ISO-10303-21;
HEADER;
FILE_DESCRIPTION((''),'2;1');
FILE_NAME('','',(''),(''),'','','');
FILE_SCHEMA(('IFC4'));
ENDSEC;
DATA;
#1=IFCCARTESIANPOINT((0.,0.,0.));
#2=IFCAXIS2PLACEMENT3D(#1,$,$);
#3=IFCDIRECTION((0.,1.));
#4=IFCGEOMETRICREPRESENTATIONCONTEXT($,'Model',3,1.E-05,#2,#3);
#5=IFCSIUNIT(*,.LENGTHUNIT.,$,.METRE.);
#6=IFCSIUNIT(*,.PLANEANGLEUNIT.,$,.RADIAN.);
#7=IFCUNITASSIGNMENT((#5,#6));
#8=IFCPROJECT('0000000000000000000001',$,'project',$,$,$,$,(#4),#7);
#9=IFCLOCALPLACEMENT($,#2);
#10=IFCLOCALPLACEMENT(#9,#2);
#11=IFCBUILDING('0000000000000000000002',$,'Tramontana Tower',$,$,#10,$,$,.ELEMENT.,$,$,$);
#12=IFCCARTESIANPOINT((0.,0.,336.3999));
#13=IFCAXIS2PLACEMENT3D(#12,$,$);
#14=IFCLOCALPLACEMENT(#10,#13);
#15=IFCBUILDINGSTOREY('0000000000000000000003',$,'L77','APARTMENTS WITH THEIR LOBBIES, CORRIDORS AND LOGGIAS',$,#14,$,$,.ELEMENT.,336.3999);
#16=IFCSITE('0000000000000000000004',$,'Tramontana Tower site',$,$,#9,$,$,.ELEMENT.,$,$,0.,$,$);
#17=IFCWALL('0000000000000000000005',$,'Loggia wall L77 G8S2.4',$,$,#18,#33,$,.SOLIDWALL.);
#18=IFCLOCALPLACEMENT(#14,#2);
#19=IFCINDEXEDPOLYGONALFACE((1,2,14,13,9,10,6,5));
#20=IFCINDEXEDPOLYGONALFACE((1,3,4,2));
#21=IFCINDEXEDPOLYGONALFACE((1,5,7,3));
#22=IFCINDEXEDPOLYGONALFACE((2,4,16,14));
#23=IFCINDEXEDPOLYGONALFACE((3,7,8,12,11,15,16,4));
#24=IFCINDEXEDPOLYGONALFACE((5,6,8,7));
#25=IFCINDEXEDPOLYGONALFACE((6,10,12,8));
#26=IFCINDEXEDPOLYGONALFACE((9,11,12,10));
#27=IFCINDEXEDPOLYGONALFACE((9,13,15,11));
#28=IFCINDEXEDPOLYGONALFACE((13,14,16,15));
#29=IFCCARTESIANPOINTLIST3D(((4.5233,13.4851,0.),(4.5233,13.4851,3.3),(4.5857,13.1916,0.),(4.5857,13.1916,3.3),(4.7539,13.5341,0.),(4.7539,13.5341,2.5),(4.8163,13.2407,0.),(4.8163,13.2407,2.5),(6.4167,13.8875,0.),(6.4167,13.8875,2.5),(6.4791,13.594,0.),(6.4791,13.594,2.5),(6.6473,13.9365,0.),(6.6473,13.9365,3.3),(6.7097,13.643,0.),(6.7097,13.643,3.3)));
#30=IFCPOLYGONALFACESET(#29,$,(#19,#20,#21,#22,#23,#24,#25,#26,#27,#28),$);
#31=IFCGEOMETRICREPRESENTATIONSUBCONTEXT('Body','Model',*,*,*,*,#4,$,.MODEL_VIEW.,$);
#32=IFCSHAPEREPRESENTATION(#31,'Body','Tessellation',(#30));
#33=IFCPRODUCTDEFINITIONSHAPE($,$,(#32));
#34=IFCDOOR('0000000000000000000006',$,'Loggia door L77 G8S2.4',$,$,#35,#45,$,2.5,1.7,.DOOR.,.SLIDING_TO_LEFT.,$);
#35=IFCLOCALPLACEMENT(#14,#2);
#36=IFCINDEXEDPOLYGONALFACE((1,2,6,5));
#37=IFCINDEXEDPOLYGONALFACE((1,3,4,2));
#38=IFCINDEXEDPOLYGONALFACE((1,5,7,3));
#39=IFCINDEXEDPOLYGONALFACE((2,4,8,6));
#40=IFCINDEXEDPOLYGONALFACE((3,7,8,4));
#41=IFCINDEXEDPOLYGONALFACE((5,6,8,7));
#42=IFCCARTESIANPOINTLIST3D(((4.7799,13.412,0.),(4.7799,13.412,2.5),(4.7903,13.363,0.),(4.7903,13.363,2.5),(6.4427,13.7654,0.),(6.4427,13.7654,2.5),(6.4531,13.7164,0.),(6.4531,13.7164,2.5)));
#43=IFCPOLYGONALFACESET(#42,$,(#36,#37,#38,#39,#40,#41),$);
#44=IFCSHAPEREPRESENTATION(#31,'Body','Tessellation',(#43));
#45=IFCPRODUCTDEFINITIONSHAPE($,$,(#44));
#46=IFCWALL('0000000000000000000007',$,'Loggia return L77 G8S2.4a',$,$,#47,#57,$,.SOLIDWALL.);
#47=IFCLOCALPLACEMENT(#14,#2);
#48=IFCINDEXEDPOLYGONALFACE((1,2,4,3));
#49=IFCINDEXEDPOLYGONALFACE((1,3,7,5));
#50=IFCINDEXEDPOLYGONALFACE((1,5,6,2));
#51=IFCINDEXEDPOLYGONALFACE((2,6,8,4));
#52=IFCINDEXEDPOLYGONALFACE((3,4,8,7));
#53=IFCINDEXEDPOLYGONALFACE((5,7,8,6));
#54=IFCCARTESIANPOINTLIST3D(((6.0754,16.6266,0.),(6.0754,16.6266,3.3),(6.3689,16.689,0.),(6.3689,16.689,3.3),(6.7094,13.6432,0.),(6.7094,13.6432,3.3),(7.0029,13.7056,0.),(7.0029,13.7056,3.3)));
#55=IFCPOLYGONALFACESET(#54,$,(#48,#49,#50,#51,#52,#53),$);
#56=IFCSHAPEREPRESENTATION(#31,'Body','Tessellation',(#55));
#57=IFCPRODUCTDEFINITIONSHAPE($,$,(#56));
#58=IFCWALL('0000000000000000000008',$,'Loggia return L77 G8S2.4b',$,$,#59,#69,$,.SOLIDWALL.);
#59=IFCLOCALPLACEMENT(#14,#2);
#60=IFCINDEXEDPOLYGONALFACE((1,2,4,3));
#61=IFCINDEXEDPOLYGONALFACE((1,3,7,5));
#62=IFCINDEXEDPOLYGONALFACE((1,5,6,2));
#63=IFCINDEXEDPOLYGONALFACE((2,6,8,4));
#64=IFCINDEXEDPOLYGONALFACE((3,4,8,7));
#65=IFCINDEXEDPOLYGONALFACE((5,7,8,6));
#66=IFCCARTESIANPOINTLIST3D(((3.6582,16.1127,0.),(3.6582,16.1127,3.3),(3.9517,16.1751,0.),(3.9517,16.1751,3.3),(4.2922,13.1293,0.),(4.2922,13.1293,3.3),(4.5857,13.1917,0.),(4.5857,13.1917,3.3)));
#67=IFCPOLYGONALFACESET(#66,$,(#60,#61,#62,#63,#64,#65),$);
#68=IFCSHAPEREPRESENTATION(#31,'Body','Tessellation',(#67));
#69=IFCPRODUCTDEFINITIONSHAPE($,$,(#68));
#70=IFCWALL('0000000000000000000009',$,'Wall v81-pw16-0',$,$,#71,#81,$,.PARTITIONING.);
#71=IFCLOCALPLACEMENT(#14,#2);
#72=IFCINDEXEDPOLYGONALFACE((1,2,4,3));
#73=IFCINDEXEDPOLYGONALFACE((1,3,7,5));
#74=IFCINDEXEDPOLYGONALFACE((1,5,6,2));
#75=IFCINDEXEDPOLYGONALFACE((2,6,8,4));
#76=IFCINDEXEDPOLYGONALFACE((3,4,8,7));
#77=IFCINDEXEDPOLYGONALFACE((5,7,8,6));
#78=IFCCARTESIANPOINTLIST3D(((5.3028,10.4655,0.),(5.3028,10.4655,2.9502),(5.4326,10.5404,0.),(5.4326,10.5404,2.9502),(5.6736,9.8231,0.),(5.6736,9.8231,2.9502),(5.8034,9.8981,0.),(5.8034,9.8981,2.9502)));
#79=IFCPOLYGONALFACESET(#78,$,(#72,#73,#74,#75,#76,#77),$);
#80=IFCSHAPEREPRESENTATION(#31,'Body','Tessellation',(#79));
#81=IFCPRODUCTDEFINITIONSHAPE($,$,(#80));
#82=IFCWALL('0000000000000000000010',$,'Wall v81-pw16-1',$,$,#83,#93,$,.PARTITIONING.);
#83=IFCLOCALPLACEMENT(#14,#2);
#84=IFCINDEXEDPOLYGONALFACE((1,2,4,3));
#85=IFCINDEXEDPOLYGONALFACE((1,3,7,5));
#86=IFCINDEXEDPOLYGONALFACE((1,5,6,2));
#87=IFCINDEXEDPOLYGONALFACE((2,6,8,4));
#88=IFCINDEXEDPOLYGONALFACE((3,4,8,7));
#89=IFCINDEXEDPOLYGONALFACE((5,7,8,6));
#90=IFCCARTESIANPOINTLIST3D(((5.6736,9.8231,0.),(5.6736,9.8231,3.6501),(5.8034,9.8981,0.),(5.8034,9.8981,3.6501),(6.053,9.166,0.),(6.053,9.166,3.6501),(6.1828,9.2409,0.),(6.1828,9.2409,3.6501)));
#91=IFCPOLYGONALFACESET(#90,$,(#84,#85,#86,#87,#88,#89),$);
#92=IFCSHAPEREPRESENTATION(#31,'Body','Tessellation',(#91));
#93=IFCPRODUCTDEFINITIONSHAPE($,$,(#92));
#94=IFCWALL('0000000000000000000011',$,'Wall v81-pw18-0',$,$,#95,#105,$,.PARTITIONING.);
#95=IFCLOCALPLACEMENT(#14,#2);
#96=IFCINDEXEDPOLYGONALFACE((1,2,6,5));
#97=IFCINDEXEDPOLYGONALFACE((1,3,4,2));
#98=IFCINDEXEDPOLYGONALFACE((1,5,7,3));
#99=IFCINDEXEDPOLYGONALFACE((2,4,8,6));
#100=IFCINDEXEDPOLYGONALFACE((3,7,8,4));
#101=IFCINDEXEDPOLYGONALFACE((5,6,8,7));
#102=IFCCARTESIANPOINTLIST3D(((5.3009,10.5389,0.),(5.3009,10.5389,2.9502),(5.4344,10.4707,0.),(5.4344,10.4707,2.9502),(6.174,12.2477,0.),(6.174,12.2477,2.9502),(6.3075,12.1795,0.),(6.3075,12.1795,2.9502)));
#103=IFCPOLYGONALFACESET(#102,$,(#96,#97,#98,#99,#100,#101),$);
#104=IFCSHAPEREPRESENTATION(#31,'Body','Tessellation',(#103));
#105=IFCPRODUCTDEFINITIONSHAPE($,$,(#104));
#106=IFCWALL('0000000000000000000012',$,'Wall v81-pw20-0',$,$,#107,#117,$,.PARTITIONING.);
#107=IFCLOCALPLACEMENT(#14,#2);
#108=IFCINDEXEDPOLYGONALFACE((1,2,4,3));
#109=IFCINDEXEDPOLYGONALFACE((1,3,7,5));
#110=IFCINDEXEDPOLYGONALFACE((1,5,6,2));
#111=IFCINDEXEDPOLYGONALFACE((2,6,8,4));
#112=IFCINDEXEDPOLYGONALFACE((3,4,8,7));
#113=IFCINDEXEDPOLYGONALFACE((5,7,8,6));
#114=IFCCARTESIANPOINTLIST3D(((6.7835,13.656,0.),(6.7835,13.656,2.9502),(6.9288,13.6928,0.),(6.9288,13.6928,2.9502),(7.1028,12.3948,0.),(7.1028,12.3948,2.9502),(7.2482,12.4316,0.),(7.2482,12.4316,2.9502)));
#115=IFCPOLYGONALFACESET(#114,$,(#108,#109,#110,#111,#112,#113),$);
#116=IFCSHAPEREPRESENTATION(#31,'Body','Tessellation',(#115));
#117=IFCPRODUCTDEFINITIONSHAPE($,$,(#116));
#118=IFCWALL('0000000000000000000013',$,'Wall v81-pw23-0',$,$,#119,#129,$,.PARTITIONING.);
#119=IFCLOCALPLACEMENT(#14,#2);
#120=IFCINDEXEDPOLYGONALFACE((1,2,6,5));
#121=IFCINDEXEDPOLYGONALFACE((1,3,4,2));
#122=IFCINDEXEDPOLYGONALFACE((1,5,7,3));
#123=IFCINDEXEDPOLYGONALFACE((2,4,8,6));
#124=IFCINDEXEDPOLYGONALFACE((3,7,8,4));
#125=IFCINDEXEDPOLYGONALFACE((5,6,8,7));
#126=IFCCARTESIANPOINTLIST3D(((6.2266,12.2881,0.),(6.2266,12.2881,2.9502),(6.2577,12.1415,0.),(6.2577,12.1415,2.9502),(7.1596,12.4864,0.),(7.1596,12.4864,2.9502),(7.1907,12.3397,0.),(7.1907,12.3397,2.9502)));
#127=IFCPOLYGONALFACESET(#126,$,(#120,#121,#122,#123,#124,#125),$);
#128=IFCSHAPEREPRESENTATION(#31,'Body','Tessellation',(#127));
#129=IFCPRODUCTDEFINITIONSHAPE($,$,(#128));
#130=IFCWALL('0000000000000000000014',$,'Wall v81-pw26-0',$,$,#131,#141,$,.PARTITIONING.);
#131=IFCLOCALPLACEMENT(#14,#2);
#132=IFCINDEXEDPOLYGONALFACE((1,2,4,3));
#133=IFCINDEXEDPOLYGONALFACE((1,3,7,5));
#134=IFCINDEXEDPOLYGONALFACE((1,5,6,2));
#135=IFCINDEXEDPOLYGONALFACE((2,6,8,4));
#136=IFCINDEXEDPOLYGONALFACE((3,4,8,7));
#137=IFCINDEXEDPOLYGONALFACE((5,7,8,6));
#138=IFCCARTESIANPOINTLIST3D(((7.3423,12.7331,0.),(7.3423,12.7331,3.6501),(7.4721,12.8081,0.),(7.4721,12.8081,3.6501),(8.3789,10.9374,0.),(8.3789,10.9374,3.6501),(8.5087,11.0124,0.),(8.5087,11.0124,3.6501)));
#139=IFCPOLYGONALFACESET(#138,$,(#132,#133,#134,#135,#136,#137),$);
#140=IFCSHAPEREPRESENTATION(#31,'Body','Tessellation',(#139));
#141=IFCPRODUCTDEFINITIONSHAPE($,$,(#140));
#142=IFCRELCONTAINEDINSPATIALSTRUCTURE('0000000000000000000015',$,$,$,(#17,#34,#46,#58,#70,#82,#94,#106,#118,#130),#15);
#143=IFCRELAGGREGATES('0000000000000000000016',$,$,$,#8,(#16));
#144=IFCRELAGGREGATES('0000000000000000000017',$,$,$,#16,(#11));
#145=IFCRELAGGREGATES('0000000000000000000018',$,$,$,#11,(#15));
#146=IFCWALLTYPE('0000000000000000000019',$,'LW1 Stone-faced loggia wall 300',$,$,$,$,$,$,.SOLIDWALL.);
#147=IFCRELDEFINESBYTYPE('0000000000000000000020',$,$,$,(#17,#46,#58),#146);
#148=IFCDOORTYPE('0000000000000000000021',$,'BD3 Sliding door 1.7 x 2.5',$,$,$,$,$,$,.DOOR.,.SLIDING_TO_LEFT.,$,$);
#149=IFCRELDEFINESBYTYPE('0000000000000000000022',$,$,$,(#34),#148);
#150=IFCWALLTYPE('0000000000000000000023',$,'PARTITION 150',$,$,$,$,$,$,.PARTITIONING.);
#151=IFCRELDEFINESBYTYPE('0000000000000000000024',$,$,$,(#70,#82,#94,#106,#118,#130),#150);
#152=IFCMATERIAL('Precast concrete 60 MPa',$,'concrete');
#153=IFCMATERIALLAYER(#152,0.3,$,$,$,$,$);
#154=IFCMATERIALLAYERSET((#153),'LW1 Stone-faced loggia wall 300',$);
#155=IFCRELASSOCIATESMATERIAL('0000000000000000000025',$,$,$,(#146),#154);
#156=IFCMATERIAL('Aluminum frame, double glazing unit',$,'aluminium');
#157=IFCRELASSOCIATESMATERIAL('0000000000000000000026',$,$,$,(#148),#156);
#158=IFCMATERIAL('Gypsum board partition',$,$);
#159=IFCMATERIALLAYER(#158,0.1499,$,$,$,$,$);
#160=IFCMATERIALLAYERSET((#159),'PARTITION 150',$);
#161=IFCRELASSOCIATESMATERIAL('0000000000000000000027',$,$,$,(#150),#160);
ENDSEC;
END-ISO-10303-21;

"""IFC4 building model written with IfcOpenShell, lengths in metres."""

from ifc_helpers import new_model, si_unit, direction, frame, frame_2d, origin, place, context, subcontext, project, spatial, rectangle, extrude, material, layer, layer_set, type_object, element, fill, save


model = new_model("IFC4")

# Units and contexts
model_context = context("Model", 3, precision=1e-05, world=origin(), true_north=direction((0.0, 1.0)))
body_context = subcontext(model_context, "Body", "Model", "MODEL_VIEW")
ifc_project = project(units=[si_unit("LENGTHUNIT", "METRE"), si_unit("PLANEANGLEUNIT", "RADIAN")], contexts=[model_context])

# Site, building, storey
site_placement = place(None, origin())
site = spatial("IfcSite", under=ifc_project, at=site_placement, Name="Tramontana Tower site", CompositionType="ELEMENT", RefElevation=0.0)
building_placement = place(site_placement, origin())
building = spatial("IfcBuilding", under=site, at=building_placement, Name="Tramontana Tower", CompositionType="ELEMENT")
storey_placement = place(building_placement, frame((0.0, 0.0, 336.3999)))
storey = spatial("IfcBuildingStorey", under=building, at=storey_placement, Name="L77", Description="APARTMENTS WITH THEIR LOBBIES, CORRIDORS AND LOGGIAS", CompositionType="ELEMENT", Elevation=336.3999)

# Wall, opening, door
ifc_material_1 = material(Name="Precast concrete 60 MPa", Category="concrete")
ifc_layer_1 = layer(ifc_material_1, 0.3)
ifc_layer_set_1 = layer_set([ifc_layer_1], Name="LW1 Stone-faced loggia wall 300")
wall_type_1 = type_object("IfcWallType", Name="LW1 Stone-faced loggia wall 300", PredefinedType="SOLIDWALL", material=ifc_layer_set_1)
wall_1_placement = place(storey_placement, frame((6.6785, 13.7898, 0.0), z_axis=(0.0, 0.0, 1.0), x_axis=(-0.978153, -0.207886, 0.0)))
wall_1 = element("IfcWall", 1, at=wall_1_placement, inside=storey, type_object=wall_type_1, Name="Loggia wall L77 G8S2.4", PredefinedType="SOLIDWALL", context=body_context, shape_type="SweptSolid", body=[
    extrude(rectangle(XDim=2.1714, YDim=0.3, at=frame_2d((1.0857, 0.0))), origin(), (0.0, 0.0, 1.0), 3.3),
])
opening_1_placement = place(wall_1_placement, frame((0.2356, 0.0, 0.0)))
opening_1 = element("IfcOpeningElement", 2, at=opening_1_placement, cuts=wall_1, PredefinedType="OPENING", context=body_context, shape_type="SweptSolid", body=[
    extrude(rectangle(XDim=1.7, YDim=2.5, at=frame_2d((0.8501, 1.25))), frame((0.0, 0.1599, 0.0), z_axis=(0.0, -1.0, 0.0), x_axis=(1.0, 0.0, 0.0)), (0.0, 0.0, 1.0), 0.3201),
])
ifc_material_2 = material(Name="Aluminum frame, double glazing unit", Category="aluminium")
door_type_1 = type_object("IfcDoorType", Name="BD3 Sliding door 1.7 x 2.5", OperationType="SLIDING_TO_LEFT", PredefinedType="DOOR", material=ifc_material_2)
door_1_placement = place(opening_1_placement, origin())
door_1 = element("IfcDoor", 3, at=door_1_placement, inside=storey, type_object=door_type_1, Name="Loggia door L77 G8S2.4", OperationType="SLIDING_TO_LEFT", OverallHeight=2.5, OverallWidth=1.7, PredefinedType="DOOR", context=body_context, shape_type="SweptSolid", body=[
    extrude(rectangle(XDim=1.7, YDim=2.5, at=frame_2d((0.8501, 1.25))), frame((0.0, 0.0249, 0.0), z_axis=(0.0, -1.0, 0.0), x_axis=(1.0, 0.0, 0.0)), (0.0, 0.0, 1.0), 0.05),
])
fill(opening_1, door_1)

# Walls
for number, where, z_axis, x_axis, name in (
    (4, (6.2222, 16.6577, 0.0), (0.0, 0.0, 1.0), (0.207878, -0.978155, 0.0), "Loggia return L77 G8S2.4a"),
    (5, (3.8049, 16.1438, 0.0), (0.0, 0.0, 1.0), (0.207878, -0.978155, 0.0), "Loggia return L77 G8S2.4b"),
):
    element("IfcWall", number, at=place(storey_placement, frame(where, z_axis=z_axis, x_axis=x_axis)), inside=storey, type_object=wall_type_1, Name=name, PredefinedType="SOLIDWALL", context=body_context, shape_type="SweptSolid", body=[
        extrude(rectangle(XDim=3.05, YDim=0.3, at=frame_2d((1.5249, 0.0))), origin(), (0.0, 0.0, 1.0), 3.3),
    ])
ifc_material_3 = material(Name="Gypsum board partition")
ifc_layer_2 = layer(ifc_material_3, 0.1499)
ifc_layer_set_2 = layer_set([ifc_layer_2], Name="PARTITION 150")
wall_type_2 = type_object("IfcWallType", Name="PARTITION 150", PredefinedType="PARTITIONING", material=ifc_layer_set_2)
wall_2_placement = place(storey_placement, frame((5.3677, 10.5029, 0.0), z_axis=(0.0, 0.0, 1.0), x_axis=(0.499998, -0.866027, 0.0)))
element("IfcWall", 6, at=wall_2_placement, inside=storey, type_object=wall_type_2, Name="Wall v81-pw16-0", PredefinedType="PARTITIONING", context=body_context, shape_type="SweptSolid", body=[
    extrude(rectangle(XDim=0.7417, YDim=0.1499, at=frame_2d((0.3708, 0.0))), origin(), (0.0, 0.0, 1.0), 2.9502),
])
wall_3_placement = place(storey_placement, frame((5.7385, 9.8606, 0.0), z_axis=(0.0, 0.0, 1.0), x_axis=(0.499945, -0.866057, 0.0)))
element("IfcWall", 7, at=wall_3_placement, inside=storey, type_object=wall_type_2, Name="Wall v81-pw16-1", PredefinedType="PARTITIONING", context=body_context, shape_type="SweptSolid", body=[
    extrude(rectangle(XDim=0.7588, YDim=0.1499, at=frame_2d((0.3794, 0.0))), origin(), (0.0, 0.0, 1.0), 3.6501),
])
wall_4_placement = place(storey_placement, frame((6.2407, 12.2136, 0.0), z_axis=(0.0, 0.0, 1.0), x_axis=(-0.454983, -0.8905, 0.0)))
element("IfcWall", 8, at=wall_4_placement, inside=storey, type_object=wall_type_2, Name="Wall v81-pw18-0", PredefinedType="PARTITIONING", context=body_context, shape_type="SweptSolid", body=[
    extrude(rectangle(XDim=1.9189, YDim=0.1499, at=frame_2d((0.9595, 0.0))), origin(), (0.0, 0.0, 1.0), 2.9502),
])
wall_5_placement = place(storey_placement, frame((6.8562, 13.6743, 0.0), z_axis=(0.0, 0.0, 1.0), x_axis=(0.245449, -0.96941, 0.0)))
element("IfcWall", 9, at=wall_5_placement, inside=storey, type_object=wall_type_2, Name="Wall v81-pw20-0", PredefinedType="PARTITIONING", context=body_context, shape_type="SweptSolid", body=[
    extrude(rectangle(XDim=1.301, YDim=0.1499, at=frame_2d((0.6504, 0.0))), origin(), (0.0, 0.0, 1.0), 2.9502),
])
wall_6_placement = place(storey_placement, frame((7.1753, 12.4131, 0.0), z_axis=(0.0, 0.0, 1.0), x_axis=(-0.978168, -0.207816, 0.0)))
element("IfcWall", 10, at=wall_6_placement, inside=storey, type_object=wall_type_2, Name="Wall v81-pw23-0", PredefinedType="PARTITIONING", context=body_context, shape_type="SweptSolid", body=[
    extrude(rectangle(XDim=0.9539, YDim=0.1499, at=frame_2d((0.4771, 0.0))), origin(), (0.0, 0.0, 1.0), 2.9502),
])
wall_7_placement = place(storey_placement, frame((7.4072, 12.7705, 0.0), z_axis=(0.0, 0.0, 1.0), x_axis=(0.499964, -0.866046, 0.0)))
element("IfcWall", 11, at=wall_7_placement, inside=storey, type_object=wall_type_2, Name="Wall v81-pw26-0", PredefinedType="PARTITIONING", context=body_context, shape_type="SweptSolid", body=[
    extrude(rectangle(XDim=2.0735, YDim=0.1499, at=frame_2d((1.0366, 0.0))), origin(), (0.0, 0.0, 1.0), 3.6501),
])

save(model, "model.ifc")
